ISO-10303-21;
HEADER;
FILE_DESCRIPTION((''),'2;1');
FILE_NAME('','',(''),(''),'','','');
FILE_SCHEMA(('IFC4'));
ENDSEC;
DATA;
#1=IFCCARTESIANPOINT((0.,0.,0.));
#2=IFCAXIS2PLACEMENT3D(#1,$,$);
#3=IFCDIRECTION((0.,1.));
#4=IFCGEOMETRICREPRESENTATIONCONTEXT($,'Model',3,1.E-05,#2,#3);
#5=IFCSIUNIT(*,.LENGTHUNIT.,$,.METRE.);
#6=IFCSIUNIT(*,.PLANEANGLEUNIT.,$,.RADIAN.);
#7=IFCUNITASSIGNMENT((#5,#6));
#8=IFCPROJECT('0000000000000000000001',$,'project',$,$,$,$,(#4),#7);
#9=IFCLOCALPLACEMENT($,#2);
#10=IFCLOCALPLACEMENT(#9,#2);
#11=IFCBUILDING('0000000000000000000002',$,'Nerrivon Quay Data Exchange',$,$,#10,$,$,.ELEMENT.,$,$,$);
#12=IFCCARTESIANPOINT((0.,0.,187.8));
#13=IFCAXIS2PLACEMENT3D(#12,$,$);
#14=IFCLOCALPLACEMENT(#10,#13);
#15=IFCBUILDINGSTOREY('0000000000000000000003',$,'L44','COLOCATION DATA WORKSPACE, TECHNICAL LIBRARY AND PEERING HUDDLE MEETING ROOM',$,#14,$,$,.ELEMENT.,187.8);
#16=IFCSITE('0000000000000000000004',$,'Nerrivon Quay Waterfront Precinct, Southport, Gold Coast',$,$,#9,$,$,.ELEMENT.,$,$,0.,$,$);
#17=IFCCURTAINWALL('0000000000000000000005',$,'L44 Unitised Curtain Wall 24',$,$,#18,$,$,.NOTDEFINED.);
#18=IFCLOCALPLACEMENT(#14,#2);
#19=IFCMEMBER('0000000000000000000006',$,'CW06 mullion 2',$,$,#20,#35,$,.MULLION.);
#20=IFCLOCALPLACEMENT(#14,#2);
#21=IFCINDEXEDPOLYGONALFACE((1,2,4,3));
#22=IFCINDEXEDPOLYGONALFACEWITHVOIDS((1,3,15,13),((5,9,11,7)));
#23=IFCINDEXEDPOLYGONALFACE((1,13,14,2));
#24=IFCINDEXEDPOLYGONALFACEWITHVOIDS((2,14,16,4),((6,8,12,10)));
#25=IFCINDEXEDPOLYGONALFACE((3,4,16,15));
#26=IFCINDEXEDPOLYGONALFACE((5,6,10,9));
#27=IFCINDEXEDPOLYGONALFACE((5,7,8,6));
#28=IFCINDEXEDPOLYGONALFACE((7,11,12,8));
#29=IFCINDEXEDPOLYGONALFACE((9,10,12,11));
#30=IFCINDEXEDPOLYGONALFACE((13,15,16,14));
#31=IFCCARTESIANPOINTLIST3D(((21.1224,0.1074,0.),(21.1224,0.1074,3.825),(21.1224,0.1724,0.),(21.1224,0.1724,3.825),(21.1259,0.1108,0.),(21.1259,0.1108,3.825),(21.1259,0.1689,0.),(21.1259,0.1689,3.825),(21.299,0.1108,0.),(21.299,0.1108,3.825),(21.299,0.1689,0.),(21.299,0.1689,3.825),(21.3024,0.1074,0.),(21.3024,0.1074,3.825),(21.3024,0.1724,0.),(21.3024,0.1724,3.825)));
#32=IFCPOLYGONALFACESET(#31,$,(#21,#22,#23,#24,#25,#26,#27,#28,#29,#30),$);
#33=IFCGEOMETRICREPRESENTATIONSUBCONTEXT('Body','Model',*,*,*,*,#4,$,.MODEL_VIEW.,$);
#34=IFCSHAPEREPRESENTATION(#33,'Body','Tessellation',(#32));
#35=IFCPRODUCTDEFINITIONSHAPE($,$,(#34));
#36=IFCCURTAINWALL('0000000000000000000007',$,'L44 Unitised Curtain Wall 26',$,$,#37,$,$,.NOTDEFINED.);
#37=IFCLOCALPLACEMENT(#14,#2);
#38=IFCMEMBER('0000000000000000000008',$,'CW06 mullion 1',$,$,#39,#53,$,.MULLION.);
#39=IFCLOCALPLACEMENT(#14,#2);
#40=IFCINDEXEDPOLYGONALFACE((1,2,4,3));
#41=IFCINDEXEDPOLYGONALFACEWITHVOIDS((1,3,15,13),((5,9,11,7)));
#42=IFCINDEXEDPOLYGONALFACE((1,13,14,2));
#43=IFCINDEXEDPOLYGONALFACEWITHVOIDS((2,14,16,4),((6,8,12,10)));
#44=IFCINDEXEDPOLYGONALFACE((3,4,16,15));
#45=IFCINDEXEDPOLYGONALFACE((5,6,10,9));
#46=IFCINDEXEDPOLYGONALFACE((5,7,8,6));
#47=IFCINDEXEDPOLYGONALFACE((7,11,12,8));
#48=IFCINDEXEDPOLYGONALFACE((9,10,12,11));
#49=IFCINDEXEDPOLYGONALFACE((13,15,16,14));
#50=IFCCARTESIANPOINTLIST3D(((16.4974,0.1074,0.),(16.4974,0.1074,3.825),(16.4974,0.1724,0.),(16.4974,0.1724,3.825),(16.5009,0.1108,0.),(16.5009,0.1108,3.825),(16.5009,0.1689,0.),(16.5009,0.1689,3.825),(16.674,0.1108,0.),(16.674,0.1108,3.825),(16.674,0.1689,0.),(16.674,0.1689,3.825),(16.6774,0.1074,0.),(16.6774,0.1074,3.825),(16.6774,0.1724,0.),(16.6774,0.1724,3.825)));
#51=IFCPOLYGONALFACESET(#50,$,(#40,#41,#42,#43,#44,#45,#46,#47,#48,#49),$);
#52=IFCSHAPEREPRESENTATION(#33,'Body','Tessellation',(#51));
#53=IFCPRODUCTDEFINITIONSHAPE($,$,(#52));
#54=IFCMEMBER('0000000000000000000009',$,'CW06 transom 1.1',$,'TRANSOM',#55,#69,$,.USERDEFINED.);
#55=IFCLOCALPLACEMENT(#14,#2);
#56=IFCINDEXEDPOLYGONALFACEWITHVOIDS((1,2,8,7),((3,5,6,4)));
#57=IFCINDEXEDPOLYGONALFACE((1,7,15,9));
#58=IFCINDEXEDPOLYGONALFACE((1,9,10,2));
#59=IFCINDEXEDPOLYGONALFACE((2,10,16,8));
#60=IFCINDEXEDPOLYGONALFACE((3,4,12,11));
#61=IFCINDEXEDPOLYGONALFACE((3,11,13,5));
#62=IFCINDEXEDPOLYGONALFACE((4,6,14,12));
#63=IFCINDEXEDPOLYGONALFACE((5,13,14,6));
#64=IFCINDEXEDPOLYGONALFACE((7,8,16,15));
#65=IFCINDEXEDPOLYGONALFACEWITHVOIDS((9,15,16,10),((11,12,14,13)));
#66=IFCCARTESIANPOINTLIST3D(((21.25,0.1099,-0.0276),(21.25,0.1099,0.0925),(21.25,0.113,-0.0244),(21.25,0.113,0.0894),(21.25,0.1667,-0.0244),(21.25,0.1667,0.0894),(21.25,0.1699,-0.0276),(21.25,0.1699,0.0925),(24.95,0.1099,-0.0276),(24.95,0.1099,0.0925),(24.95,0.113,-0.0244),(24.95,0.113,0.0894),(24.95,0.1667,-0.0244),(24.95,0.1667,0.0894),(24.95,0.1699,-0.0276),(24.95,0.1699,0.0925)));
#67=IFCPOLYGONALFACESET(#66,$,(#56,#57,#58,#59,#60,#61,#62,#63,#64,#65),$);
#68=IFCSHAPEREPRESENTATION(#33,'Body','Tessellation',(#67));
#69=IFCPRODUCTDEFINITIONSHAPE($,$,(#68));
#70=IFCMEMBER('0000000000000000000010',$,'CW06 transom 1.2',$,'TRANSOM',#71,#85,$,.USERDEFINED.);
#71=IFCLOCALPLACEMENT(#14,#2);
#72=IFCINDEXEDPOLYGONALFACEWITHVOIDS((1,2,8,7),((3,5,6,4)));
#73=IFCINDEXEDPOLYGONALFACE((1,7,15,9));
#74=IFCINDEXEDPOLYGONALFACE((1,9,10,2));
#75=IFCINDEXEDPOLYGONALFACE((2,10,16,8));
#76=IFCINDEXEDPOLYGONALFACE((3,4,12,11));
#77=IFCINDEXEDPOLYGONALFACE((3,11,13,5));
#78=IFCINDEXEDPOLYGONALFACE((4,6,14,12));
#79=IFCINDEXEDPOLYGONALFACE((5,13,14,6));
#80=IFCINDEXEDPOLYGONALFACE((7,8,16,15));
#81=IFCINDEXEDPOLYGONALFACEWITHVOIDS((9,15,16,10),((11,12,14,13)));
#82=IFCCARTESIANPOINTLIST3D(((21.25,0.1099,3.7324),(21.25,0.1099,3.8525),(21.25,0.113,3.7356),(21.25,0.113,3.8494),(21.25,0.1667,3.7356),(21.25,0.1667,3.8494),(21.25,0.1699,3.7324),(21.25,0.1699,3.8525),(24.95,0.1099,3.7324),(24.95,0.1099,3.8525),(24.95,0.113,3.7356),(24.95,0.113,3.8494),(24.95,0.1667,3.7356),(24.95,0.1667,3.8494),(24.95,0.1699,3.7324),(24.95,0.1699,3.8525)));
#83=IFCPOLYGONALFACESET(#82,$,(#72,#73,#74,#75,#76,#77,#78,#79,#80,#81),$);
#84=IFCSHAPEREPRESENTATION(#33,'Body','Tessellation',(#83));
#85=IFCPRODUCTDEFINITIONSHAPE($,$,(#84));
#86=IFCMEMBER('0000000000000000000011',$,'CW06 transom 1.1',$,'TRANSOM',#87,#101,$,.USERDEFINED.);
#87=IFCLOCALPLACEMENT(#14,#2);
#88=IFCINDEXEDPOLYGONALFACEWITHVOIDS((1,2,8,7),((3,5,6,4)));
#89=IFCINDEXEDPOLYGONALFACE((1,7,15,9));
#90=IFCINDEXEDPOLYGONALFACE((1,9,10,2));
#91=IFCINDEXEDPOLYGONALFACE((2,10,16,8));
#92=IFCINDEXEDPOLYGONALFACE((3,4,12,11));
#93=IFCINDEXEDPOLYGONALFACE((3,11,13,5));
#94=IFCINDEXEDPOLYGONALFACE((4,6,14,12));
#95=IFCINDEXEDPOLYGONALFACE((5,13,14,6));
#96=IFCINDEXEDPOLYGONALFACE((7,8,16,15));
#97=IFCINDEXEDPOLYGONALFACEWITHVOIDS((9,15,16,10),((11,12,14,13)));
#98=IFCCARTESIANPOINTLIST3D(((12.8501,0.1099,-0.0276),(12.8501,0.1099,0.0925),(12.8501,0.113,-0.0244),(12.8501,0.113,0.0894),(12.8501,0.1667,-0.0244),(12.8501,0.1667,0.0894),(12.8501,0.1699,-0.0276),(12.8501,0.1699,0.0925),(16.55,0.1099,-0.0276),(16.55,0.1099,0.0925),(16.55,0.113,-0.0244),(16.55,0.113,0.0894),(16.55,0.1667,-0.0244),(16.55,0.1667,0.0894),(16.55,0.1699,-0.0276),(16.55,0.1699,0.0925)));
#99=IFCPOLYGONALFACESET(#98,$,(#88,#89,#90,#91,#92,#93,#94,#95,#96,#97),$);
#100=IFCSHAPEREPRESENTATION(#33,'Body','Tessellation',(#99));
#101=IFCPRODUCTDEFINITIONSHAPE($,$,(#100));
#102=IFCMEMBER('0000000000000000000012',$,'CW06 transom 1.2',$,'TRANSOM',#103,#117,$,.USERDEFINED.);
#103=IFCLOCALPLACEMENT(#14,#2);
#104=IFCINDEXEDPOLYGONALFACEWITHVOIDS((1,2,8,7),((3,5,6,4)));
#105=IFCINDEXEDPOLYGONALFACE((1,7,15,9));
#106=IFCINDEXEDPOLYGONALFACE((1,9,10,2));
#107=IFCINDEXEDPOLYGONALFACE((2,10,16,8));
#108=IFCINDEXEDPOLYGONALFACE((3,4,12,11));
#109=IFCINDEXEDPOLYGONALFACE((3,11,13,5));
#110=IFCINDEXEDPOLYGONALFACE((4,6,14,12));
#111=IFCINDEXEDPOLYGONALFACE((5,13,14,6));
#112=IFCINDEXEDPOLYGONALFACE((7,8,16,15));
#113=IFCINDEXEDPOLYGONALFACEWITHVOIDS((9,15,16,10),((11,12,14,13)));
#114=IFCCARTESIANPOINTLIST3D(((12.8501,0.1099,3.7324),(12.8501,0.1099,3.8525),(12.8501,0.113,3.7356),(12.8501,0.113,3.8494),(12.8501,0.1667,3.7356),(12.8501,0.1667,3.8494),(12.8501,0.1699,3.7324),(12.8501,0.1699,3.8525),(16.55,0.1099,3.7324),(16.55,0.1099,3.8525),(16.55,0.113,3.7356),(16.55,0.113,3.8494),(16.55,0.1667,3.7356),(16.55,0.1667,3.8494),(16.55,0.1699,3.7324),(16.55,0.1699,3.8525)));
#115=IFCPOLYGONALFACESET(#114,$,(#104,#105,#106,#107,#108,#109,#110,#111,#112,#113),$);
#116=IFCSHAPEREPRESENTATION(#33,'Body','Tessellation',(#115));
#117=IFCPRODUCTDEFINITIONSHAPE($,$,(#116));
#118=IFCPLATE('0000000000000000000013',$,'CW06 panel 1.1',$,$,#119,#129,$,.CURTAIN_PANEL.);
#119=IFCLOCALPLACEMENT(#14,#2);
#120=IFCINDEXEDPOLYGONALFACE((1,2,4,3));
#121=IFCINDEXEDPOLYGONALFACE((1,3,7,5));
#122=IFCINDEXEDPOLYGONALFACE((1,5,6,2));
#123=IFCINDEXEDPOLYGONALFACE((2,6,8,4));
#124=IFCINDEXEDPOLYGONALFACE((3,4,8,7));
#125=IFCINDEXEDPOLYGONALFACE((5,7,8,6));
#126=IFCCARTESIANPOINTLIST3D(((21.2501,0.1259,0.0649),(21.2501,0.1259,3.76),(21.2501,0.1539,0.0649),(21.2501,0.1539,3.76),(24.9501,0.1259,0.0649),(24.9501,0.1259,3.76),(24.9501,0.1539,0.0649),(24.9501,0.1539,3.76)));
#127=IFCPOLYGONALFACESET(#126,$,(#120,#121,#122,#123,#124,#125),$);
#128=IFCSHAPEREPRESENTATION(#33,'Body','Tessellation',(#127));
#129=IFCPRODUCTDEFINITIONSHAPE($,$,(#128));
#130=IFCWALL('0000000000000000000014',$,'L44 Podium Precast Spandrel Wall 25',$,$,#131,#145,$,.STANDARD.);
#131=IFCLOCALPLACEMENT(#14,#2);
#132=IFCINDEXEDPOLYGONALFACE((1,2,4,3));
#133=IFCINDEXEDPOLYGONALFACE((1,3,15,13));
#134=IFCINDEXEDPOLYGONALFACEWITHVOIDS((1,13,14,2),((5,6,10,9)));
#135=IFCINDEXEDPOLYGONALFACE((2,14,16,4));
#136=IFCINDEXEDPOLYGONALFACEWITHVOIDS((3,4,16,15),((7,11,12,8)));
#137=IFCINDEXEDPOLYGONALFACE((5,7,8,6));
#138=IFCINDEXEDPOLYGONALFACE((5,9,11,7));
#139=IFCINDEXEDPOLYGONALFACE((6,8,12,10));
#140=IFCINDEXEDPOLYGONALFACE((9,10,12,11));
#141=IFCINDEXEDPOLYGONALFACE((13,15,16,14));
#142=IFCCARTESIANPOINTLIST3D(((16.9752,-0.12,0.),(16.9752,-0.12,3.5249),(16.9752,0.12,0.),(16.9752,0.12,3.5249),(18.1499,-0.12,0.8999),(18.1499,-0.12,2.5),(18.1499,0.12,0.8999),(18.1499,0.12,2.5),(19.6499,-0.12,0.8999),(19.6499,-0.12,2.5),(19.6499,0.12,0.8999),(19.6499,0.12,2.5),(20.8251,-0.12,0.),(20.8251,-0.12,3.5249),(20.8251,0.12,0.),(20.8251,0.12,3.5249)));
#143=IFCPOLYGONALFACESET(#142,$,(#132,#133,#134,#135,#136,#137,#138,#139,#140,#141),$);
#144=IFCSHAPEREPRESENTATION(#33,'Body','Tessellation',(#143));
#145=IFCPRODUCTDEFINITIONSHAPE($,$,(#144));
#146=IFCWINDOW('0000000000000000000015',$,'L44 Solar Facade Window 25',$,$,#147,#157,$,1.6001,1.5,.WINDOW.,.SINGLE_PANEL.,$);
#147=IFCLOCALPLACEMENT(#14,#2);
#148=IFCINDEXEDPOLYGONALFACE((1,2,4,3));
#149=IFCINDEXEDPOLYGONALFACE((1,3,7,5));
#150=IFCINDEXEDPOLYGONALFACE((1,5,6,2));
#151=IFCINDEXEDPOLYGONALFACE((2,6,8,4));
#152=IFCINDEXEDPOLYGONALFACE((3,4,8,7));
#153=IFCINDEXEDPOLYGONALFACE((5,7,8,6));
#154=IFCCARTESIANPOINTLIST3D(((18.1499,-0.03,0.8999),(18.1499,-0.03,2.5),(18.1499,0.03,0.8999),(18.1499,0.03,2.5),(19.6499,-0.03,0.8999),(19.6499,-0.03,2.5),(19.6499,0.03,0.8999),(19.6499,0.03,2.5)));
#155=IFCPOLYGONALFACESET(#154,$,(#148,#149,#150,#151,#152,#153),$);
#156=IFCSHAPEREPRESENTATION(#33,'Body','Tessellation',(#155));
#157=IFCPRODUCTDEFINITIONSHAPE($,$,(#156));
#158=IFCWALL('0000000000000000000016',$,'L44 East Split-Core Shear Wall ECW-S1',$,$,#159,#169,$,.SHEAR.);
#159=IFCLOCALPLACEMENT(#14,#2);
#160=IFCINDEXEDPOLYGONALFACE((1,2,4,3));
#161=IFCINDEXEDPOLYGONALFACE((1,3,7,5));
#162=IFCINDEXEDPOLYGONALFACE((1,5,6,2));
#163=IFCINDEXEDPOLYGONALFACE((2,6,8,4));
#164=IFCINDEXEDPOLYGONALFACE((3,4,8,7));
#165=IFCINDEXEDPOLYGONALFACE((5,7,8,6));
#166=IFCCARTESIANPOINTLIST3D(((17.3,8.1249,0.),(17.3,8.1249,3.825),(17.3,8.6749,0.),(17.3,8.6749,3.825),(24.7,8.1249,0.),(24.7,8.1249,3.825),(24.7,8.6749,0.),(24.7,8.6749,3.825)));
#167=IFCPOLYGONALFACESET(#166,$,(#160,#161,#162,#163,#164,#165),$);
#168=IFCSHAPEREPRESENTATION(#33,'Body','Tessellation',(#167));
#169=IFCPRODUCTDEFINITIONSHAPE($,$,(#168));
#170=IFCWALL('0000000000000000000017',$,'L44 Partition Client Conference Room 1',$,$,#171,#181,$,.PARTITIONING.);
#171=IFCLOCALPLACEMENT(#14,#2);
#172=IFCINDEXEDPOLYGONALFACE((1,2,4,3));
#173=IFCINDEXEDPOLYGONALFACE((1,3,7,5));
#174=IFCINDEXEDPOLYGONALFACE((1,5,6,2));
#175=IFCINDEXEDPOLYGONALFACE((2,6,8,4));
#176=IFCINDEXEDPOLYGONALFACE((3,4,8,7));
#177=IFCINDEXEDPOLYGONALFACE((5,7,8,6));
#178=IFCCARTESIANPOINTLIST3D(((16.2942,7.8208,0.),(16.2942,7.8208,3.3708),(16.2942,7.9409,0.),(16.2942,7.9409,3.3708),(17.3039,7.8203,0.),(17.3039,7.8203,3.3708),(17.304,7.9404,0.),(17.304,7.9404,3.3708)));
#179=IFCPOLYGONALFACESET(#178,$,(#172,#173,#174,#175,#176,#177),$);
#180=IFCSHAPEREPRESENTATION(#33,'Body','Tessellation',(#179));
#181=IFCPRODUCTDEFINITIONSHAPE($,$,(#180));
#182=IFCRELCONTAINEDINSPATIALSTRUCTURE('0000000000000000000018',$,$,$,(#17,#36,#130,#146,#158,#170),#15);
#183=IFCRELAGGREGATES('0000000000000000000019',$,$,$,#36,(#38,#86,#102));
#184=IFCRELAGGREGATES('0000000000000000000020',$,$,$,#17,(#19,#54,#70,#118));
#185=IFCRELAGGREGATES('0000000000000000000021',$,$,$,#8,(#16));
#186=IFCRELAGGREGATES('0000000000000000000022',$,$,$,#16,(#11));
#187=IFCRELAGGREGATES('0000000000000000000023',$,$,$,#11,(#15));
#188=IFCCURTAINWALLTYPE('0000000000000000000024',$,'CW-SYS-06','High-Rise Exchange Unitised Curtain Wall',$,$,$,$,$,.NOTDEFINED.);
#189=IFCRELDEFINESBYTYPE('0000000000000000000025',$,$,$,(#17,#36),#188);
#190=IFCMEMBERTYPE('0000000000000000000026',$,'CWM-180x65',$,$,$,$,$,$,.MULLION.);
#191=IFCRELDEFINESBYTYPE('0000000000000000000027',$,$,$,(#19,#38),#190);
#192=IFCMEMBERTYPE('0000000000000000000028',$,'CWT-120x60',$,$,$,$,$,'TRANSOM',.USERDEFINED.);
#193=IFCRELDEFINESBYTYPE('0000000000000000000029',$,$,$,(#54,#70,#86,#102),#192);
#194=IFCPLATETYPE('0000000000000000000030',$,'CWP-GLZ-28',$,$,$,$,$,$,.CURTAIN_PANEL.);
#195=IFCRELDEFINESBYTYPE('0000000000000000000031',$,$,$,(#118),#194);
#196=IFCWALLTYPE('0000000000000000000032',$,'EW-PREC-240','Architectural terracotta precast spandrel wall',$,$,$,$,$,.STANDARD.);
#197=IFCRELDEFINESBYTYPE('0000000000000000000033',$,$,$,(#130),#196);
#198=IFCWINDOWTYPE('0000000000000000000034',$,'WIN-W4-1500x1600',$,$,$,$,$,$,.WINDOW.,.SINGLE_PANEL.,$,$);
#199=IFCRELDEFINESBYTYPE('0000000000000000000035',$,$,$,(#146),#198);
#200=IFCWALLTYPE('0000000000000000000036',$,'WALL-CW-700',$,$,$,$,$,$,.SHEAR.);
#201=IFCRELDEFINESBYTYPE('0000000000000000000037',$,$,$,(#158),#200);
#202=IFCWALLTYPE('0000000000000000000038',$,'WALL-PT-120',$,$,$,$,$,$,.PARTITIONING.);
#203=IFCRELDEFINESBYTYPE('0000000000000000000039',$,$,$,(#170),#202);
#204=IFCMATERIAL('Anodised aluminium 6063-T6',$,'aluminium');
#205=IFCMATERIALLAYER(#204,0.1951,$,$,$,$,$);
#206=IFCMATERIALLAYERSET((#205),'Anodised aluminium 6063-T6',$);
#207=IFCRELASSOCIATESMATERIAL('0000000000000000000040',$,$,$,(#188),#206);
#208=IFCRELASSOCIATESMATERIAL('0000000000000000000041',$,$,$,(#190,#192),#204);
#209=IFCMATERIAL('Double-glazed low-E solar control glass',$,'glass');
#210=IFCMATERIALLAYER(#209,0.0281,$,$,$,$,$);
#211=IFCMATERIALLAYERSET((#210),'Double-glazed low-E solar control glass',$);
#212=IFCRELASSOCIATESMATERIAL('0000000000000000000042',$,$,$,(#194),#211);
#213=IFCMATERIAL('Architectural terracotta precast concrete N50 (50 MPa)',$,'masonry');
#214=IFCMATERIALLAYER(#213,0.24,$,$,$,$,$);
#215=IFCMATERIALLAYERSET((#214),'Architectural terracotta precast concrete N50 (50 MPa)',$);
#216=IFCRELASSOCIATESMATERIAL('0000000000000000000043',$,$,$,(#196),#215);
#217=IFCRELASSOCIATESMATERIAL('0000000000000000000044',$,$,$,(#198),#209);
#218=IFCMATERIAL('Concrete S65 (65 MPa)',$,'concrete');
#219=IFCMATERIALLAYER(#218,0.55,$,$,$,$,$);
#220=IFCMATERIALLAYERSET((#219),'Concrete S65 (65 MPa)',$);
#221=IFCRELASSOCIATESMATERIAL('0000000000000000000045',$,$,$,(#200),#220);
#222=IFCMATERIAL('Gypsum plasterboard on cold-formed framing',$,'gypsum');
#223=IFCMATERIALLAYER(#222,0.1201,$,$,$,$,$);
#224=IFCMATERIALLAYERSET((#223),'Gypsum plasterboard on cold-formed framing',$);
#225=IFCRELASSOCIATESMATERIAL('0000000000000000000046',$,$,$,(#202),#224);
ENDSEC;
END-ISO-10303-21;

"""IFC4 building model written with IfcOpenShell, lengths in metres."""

from ifc_helpers import new_model, si_unit, direction, frame, frame_2d, origin, origin_2d, place, context, subcontext, project, spatial, rectangle, hollow_rectangle, extrude, material, layer, layer_set, material_profile, profile_set, type_object, element, fill, aggregate, save


model = new_model("IFC4")

# Units and contexts
model_context = context("Model", 3, precision=1e-05, world=origin(), true_north=direction((0.0, 1.0)))
body_context = subcontext(model_context, "Body", "Model", "MODEL_VIEW")
ifc_project = project(units=[si_unit("LENGTHUNIT", "METRE"), si_unit("PLANEANGLEUNIT", "RADIAN")], contexts=[model_context])

# Site, building, storey
site_placement = place(None, origin())
site = spatial("IfcSite", under=ifc_project, at=site_placement, Name="Nerrivon Quay Waterfront Precinct, Southport, Gold Coast", CompositionType="ELEMENT", RefElevation=0.0)
building_placement = place(site_placement, origin())
building = spatial("IfcBuilding", under=site, at=building_placement, Name="Nerrivon Quay Data Exchange", CompositionType="ELEMENT")
storey_placement = place(building_placement, frame((0.0, 0.0, 187.8)))
storey = spatial("IfcBuildingStorey", under=building, at=storey_placement, Name="L44", Description="COLOCATION DATA WORKSPACE, TECHNICAL LIBRARY AND PEERING HUDDLE MEETING ROOM", CompositionType="ELEMENT", Elevation=187.8)

# Shared definitions
ifc_material_1 = material(Name="Concrete S65 (65 MPa)", Category="concrete")

# Curtain wall, member
ifc_material_2 = material(Name="Anodised aluminium 6063-T6", Category="aluminium")
ifc_layer_1 = layer(ifc_material_2, 0.1951)
ifc_layer_set_1 = layer_set([ifc_layer_1], Name="Anodised aluminium 6063-T6")
curtain_wall_type = type_object("IfcCurtainWallType", Name="CW-SYS-06", Description="High-Rise Exchange Unitised Curtain Wall", PredefinedType="NOTDEFINED", material=ifc_layer_set_1)
curtain_wall_1_placement = place(storey_placement, origin())
curtain_wall_1 = element("IfcCurtainWall", 1, at=curtain_wall_1_placement, inside=storey, type_object=curtain_wall_type, Name="L44 Unitised Curtain Wall 24", PredefinedType="NOTDEFINED")
ifc_material_profile_1 = material_profile(ifc_material_2, hollow_rectangle(XDim=0.0649, YDim=0.1799, WallThickness=0.0034, at=origin_2d()), Name="ALU-MULL-180x65")
ifc_profile_set_1 = profile_set([ifc_material_profile_1], Name="Anodised aluminium 6063-T6")
member_type_1 = type_object("IfcMemberType", Name="CWM-180x65", PredefinedType="MULLION", material=ifc_profile_set_1)
member_1_placement = place(storey_placement, frame((21.2124, 0.1399, 0.0), z_axis=(0.0, 0.0, 1.0), x_axis=(0.0, -1.0, 0.0)))
member_1 = element("IfcMember", 2, at=member_1_placement, type_object=member_type_1, Name="CW06 mullion 2", PredefinedType="MULLION", context=body_context, shape_type="SweptSolid", body=[
    extrude(hollow_rectangle(XDim=0.0649, YDim=0.1799, WallThickness=0.0034, at=origin_2d()), origin(), (0.0, 0.0, 1.0), 3.825),
])

# Curtain wall, member
curtain_wall_2_placement = place(storey_placement, origin())
curtain_wall_2 = element("IfcCurtainWall", 3, at=curtain_wall_2_placement, inside=storey, type_object=curtain_wall_type, Name="L44 Unitised Curtain Wall 26", PredefinedType="NOTDEFINED")
member_2_placement = place(storey_placement, frame((16.5874, 0.1399, 0.0), z_axis=(0.0, 0.0, 1.0), x_axis=(0.0, -1.0, 0.0)))
member_2 = element("IfcMember", 4, at=member_2_placement, type_object=member_type_1, Name="CW06 mullion 1", PredefinedType="MULLION", context=body_context, shape_type="SweptSolid", body=[
    extrude(hollow_rectangle(XDim=0.0649, YDim=0.1799, WallThickness=0.0034, at=origin_2d()), origin(), (0.0, 0.0, 1.0), 3.825),
])

# Members
ifc_material_profile_2 = material_profile(ifc_material_2, hollow_rectangle(XDim=0.0601, YDim=0.1201, WallThickness=0.0032, at=origin_2d()), Name="ALU-TRAN-120x60")
ifc_profile_set_2 = profile_set([ifc_material_profile_2], Name="Anodised aluminium 6063-T6")
member_type_2 = type_object("IfcMemberType", Name="CWT-120x60", ElementType="TRANSOM", PredefinedType="USERDEFINED", material=ifc_profile_set_2)
member_3_placement = place(storey_placement, frame((24.95, 0.1399, 0.0325), z_axis=(-1.0, 0.0, 0.0), x_axis=(0.0, -1.0, 0.0)))
member_3 = element("IfcMember", 5, at=member_3_placement, type_object=member_type_2, Name="CW06 transom 1.1", ObjectType="TRANSOM", PredefinedType="USERDEFINED", context=body_context, shape_type="SweptSolid", body=[
    extrude(hollow_rectangle(XDim=0.0601, YDim=0.1201, WallThickness=0.0032, at=origin_2d()), origin(), (0.0, 0.0, 1.0), 3.7),
])
member_4_placement = place(storey_placement, frame((24.95, 0.1399, 3.7925), z_axis=(-1.0, 0.0, 0.0), x_axis=(0.0, -1.0, 0.0)))
member_4 = element("IfcMember", 6, at=member_4_placement, type_object=member_type_2, Name="CW06 transom 1.2", ObjectType="TRANSOM", PredefinedType="USERDEFINED", context=body_context, shape_type="SweptSolid", body=[
    extrude(hollow_rectangle(XDim=0.0601, YDim=0.1201, WallThickness=0.0032, at=origin_2d()), origin(), (0.0, 0.0, 1.0), 3.7),
])
member_5_placement = place(storey_placement, frame((16.55, 0.1399, 0.0325), z_axis=(-1.0, 0.0, 0.0), x_axis=(0.0, -1.0, 0.0)))
member_5 = element("IfcMember", 7, at=member_5_placement, type_object=member_type_2, Name="CW06 transom 1.1", ObjectType="TRANSOM", PredefinedType="USERDEFINED", context=body_context, shape_type="SweptSolid", body=[
    extrude(hollow_rectangle(XDim=0.0601, YDim=0.1201, WallThickness=0.0032, at=origin_2d()), origin(), (0.0, 0.0, 1.0), 3.7),
])
member_6_placement = place(storey_placement, frame((16.55, 0.1399, 3.7925), z_axis=(-1.0, 0.0, 0.0), x_axis=(0.0, -1.0, 0.0)))
member_6 = element("IfcMember", 8, at=member_6_placement, type_object=member_type_2, Name="CW06 transom 1.2", ObjectType="TRANSOM", PredefinedType="USERDEFINED", context=body_context, shape_type="SweptSolid", body=[
    extrude(hollow_rectangle(XDim=0.0601, YDim=0.1201, WallThickness=0.0032, at=origin_2d()), origin(), (0.0, 0.0, 1.0), 3.7),
])
aggregate(curtain_wall_2, [member_2, member_5, member_6])

# Plate
ifc_material_3 = material(Name="Double-glazed low-E solar control glass", Category="glass")
ifc_layer_2 = layer(ifc_material_3, 0.0281)
ifc_layer_set_2 = layer_set([ifc_layer_2], Name="Double-glazed low-E solar control glass")
plate_type = type_object("IfcPlateType", Name="CWP-GLZ-28", PredefinedType="CURTAIN_PANEL", material=ifc_layer_set_2)
plate_placement = place(storey_placement, frame((23.1001, 0.1399, 0.0649), z_axis=(0.0, 0.0, 1.0), x_axis=(-1.0, 0.0, 0.0)))
plate = element("IfcPlate", 9, at=plate_placement, type_object=plate_type, Name="CW06 panel 1.1", PredefinedType="CURTAIN_PANEL", context=body_context, shape_type="SweptSolid", body=[
    extrude(rectangle(XDim=3.7, YDim=0.0281, at=origin_2d()), origin(), (0.0, 0.0, 1.0), 3.6951),
])
aggregate(curtain_wall_1, [member_1, member_3, member_4, plate])

# Wall, opening, window
ifc_material_4 = material(Name="Architectural terracotta precast concrete N50 (50 MPa)", Category="masonry")
ifc_layer_3 = layer(ifc_material_4, 0.24)
ifc_layer_set_3 = layer_set([ifc_layer_3], Name="Architectural terracotta precast concrete N50 (50 MPa)")
wall_type_1 = type_object("IfcWallType", Name="EW-PREC-240", Description="Architectural terracotta precast spandrel wall", PredefinedType="STANDARD", material=ifc_layer_set_3)
wall_1_placement = place(storey_placement, frame((20.825, 0.0, 0.0), z_axis=(0.0, 0.0, 1.0), x_axis=(-1.0, 0.0, 0.0)))
wall_1 = element("IfcWall", 10, at=wall_1_placement, inside=storey, type_object=wall_type_1, Name="L44 Podium Precast Spandrel Wall 25", PredefinedType="STANDARD", context=body_context, shape_type="SweptSolid", body=[
    extrude(rectangle(XDim=3.8499, YDim=0.24, at=frame_2d((1.9248, 0.0))), origin(), (0.0, 0.0, 1.0), 3.5249),
])
opening_placement = place(wall_1_placement, frame((1.175, 0.0, 0.8999)))
opening = element("IfcOpeningElement", 11, at=opening_placement, cuts=wall_1, PredefinedType="OPENING", context=body_context, shape_type="SweptSolid", body=[
    extrude(rectangle(XDim=1.5, YDim=1.6001, at=frame_2d((0.75, 0.8))), frame((0.0, 0.1299, 0.0), z_axis=(0.0, -1.0, 0.0), x_axis=(1.0, 0.0, 0.0)), (0.0, 0.0, 1.0), 0.26),
])
window_type = type_object("IfcWindowType", Name="WIN-W4-1500x1600", PartitioningType="SINGLE_PANEL", PredefinedType="WINDOW", material=ifc_material_3)
window_placement = place(opening_placement, origin())
window = element("IfcWindow", 12, at=window_placement, inside=storey, type_object=window_type, Name="L44 Solar Facade Window 25", OverallHeight=1.6001, OverallWidth=1.5, PartitioningType="SINGLE_PANEL", PredefinedType="WINDOW", context=body_context, shape_type="SweptSolid", body=[
    extrude(rectangle(XDim=1.5, YDim=1.6001, at=frame_2d((0.75, 0.8))), frame((0.0, 0.03, 0.0), z_axis=(0.0, -1.0, 0.0), x_axis=(1.0, 0.0, 0.0)), (0.0, 0.0, 1.0), 0.0601),
])
fill(opening, window)

# Walls
ifc_layer_4 = layer(ifc_material_1, 0.55)
ifc_layer_set_4 = layer_set([ifc_layer_4], Name="Concrete S65 (65 MPa)")
wall_type_2 = type_object("IfcWallType", Name="WALL-CW-700", PredefinedType="SHEAR", material=ifc_layer_set_4)
wall_2_placement = place(storey_placement, frame((17.3, 8.3999, 0.0), z_axis=(0.0, 0.0, 1.0), x_axis=(1.0, 0.0, 0.0)))
element("IfcWall", 13, at=wall_2_placement, inside=storey, type_object=wall_type_2, Name="L44 East Split-Core Shear Wall ECW-S1", PredefinedType="SHEAR", context=body_context, shape_type="SweptSolid", body=[
    extrude(rectangle(XDim=7.3999, YDim=0.55, at=frame_2d((3.7, 0.0))), origin(), (0.0, 0.0, 1.0), 3.825),
])
ifc_material_5 = material(Name="Gypsum plasterboard on cold-formed framing", Category="gypsum")
ifc_layer_5 = layer(ifc_material_5, 0.1201)
ifc_layer_set_5 = layer_set([ifc_layer_5], Name="Gypsum plasterboard on cold-formed framing")
wall_type_3 = type_object("IfcWallType", Name="WALL-PT-120", PredefinedType="PARTITIONING", material=ifc_layer_set_5)
wall_3_placement = place(storey_placement, frame((17.304, 7.8804, 0.0), z_axis=(0.0, 0.0, 1.0), x_axis=(-1.0, 0.000484, 0.0)))
element("IfcWall", 14, at=wall_3_placement, inside=storey, type_object=wall_type_3, Name="L44 Partition Client Conference Room 1", PredefinedType="PARTITIONING", context=body_context, shape_type="SweptSolid", body=[
    extrude(rectangle(XDim=1.0098, YDim=0.1201, at=frame_2d((0.5049, 0.0))), origin(), (0.0, 0.0, 1.0), 3.3708),
])

save(model, "model.ifc")
